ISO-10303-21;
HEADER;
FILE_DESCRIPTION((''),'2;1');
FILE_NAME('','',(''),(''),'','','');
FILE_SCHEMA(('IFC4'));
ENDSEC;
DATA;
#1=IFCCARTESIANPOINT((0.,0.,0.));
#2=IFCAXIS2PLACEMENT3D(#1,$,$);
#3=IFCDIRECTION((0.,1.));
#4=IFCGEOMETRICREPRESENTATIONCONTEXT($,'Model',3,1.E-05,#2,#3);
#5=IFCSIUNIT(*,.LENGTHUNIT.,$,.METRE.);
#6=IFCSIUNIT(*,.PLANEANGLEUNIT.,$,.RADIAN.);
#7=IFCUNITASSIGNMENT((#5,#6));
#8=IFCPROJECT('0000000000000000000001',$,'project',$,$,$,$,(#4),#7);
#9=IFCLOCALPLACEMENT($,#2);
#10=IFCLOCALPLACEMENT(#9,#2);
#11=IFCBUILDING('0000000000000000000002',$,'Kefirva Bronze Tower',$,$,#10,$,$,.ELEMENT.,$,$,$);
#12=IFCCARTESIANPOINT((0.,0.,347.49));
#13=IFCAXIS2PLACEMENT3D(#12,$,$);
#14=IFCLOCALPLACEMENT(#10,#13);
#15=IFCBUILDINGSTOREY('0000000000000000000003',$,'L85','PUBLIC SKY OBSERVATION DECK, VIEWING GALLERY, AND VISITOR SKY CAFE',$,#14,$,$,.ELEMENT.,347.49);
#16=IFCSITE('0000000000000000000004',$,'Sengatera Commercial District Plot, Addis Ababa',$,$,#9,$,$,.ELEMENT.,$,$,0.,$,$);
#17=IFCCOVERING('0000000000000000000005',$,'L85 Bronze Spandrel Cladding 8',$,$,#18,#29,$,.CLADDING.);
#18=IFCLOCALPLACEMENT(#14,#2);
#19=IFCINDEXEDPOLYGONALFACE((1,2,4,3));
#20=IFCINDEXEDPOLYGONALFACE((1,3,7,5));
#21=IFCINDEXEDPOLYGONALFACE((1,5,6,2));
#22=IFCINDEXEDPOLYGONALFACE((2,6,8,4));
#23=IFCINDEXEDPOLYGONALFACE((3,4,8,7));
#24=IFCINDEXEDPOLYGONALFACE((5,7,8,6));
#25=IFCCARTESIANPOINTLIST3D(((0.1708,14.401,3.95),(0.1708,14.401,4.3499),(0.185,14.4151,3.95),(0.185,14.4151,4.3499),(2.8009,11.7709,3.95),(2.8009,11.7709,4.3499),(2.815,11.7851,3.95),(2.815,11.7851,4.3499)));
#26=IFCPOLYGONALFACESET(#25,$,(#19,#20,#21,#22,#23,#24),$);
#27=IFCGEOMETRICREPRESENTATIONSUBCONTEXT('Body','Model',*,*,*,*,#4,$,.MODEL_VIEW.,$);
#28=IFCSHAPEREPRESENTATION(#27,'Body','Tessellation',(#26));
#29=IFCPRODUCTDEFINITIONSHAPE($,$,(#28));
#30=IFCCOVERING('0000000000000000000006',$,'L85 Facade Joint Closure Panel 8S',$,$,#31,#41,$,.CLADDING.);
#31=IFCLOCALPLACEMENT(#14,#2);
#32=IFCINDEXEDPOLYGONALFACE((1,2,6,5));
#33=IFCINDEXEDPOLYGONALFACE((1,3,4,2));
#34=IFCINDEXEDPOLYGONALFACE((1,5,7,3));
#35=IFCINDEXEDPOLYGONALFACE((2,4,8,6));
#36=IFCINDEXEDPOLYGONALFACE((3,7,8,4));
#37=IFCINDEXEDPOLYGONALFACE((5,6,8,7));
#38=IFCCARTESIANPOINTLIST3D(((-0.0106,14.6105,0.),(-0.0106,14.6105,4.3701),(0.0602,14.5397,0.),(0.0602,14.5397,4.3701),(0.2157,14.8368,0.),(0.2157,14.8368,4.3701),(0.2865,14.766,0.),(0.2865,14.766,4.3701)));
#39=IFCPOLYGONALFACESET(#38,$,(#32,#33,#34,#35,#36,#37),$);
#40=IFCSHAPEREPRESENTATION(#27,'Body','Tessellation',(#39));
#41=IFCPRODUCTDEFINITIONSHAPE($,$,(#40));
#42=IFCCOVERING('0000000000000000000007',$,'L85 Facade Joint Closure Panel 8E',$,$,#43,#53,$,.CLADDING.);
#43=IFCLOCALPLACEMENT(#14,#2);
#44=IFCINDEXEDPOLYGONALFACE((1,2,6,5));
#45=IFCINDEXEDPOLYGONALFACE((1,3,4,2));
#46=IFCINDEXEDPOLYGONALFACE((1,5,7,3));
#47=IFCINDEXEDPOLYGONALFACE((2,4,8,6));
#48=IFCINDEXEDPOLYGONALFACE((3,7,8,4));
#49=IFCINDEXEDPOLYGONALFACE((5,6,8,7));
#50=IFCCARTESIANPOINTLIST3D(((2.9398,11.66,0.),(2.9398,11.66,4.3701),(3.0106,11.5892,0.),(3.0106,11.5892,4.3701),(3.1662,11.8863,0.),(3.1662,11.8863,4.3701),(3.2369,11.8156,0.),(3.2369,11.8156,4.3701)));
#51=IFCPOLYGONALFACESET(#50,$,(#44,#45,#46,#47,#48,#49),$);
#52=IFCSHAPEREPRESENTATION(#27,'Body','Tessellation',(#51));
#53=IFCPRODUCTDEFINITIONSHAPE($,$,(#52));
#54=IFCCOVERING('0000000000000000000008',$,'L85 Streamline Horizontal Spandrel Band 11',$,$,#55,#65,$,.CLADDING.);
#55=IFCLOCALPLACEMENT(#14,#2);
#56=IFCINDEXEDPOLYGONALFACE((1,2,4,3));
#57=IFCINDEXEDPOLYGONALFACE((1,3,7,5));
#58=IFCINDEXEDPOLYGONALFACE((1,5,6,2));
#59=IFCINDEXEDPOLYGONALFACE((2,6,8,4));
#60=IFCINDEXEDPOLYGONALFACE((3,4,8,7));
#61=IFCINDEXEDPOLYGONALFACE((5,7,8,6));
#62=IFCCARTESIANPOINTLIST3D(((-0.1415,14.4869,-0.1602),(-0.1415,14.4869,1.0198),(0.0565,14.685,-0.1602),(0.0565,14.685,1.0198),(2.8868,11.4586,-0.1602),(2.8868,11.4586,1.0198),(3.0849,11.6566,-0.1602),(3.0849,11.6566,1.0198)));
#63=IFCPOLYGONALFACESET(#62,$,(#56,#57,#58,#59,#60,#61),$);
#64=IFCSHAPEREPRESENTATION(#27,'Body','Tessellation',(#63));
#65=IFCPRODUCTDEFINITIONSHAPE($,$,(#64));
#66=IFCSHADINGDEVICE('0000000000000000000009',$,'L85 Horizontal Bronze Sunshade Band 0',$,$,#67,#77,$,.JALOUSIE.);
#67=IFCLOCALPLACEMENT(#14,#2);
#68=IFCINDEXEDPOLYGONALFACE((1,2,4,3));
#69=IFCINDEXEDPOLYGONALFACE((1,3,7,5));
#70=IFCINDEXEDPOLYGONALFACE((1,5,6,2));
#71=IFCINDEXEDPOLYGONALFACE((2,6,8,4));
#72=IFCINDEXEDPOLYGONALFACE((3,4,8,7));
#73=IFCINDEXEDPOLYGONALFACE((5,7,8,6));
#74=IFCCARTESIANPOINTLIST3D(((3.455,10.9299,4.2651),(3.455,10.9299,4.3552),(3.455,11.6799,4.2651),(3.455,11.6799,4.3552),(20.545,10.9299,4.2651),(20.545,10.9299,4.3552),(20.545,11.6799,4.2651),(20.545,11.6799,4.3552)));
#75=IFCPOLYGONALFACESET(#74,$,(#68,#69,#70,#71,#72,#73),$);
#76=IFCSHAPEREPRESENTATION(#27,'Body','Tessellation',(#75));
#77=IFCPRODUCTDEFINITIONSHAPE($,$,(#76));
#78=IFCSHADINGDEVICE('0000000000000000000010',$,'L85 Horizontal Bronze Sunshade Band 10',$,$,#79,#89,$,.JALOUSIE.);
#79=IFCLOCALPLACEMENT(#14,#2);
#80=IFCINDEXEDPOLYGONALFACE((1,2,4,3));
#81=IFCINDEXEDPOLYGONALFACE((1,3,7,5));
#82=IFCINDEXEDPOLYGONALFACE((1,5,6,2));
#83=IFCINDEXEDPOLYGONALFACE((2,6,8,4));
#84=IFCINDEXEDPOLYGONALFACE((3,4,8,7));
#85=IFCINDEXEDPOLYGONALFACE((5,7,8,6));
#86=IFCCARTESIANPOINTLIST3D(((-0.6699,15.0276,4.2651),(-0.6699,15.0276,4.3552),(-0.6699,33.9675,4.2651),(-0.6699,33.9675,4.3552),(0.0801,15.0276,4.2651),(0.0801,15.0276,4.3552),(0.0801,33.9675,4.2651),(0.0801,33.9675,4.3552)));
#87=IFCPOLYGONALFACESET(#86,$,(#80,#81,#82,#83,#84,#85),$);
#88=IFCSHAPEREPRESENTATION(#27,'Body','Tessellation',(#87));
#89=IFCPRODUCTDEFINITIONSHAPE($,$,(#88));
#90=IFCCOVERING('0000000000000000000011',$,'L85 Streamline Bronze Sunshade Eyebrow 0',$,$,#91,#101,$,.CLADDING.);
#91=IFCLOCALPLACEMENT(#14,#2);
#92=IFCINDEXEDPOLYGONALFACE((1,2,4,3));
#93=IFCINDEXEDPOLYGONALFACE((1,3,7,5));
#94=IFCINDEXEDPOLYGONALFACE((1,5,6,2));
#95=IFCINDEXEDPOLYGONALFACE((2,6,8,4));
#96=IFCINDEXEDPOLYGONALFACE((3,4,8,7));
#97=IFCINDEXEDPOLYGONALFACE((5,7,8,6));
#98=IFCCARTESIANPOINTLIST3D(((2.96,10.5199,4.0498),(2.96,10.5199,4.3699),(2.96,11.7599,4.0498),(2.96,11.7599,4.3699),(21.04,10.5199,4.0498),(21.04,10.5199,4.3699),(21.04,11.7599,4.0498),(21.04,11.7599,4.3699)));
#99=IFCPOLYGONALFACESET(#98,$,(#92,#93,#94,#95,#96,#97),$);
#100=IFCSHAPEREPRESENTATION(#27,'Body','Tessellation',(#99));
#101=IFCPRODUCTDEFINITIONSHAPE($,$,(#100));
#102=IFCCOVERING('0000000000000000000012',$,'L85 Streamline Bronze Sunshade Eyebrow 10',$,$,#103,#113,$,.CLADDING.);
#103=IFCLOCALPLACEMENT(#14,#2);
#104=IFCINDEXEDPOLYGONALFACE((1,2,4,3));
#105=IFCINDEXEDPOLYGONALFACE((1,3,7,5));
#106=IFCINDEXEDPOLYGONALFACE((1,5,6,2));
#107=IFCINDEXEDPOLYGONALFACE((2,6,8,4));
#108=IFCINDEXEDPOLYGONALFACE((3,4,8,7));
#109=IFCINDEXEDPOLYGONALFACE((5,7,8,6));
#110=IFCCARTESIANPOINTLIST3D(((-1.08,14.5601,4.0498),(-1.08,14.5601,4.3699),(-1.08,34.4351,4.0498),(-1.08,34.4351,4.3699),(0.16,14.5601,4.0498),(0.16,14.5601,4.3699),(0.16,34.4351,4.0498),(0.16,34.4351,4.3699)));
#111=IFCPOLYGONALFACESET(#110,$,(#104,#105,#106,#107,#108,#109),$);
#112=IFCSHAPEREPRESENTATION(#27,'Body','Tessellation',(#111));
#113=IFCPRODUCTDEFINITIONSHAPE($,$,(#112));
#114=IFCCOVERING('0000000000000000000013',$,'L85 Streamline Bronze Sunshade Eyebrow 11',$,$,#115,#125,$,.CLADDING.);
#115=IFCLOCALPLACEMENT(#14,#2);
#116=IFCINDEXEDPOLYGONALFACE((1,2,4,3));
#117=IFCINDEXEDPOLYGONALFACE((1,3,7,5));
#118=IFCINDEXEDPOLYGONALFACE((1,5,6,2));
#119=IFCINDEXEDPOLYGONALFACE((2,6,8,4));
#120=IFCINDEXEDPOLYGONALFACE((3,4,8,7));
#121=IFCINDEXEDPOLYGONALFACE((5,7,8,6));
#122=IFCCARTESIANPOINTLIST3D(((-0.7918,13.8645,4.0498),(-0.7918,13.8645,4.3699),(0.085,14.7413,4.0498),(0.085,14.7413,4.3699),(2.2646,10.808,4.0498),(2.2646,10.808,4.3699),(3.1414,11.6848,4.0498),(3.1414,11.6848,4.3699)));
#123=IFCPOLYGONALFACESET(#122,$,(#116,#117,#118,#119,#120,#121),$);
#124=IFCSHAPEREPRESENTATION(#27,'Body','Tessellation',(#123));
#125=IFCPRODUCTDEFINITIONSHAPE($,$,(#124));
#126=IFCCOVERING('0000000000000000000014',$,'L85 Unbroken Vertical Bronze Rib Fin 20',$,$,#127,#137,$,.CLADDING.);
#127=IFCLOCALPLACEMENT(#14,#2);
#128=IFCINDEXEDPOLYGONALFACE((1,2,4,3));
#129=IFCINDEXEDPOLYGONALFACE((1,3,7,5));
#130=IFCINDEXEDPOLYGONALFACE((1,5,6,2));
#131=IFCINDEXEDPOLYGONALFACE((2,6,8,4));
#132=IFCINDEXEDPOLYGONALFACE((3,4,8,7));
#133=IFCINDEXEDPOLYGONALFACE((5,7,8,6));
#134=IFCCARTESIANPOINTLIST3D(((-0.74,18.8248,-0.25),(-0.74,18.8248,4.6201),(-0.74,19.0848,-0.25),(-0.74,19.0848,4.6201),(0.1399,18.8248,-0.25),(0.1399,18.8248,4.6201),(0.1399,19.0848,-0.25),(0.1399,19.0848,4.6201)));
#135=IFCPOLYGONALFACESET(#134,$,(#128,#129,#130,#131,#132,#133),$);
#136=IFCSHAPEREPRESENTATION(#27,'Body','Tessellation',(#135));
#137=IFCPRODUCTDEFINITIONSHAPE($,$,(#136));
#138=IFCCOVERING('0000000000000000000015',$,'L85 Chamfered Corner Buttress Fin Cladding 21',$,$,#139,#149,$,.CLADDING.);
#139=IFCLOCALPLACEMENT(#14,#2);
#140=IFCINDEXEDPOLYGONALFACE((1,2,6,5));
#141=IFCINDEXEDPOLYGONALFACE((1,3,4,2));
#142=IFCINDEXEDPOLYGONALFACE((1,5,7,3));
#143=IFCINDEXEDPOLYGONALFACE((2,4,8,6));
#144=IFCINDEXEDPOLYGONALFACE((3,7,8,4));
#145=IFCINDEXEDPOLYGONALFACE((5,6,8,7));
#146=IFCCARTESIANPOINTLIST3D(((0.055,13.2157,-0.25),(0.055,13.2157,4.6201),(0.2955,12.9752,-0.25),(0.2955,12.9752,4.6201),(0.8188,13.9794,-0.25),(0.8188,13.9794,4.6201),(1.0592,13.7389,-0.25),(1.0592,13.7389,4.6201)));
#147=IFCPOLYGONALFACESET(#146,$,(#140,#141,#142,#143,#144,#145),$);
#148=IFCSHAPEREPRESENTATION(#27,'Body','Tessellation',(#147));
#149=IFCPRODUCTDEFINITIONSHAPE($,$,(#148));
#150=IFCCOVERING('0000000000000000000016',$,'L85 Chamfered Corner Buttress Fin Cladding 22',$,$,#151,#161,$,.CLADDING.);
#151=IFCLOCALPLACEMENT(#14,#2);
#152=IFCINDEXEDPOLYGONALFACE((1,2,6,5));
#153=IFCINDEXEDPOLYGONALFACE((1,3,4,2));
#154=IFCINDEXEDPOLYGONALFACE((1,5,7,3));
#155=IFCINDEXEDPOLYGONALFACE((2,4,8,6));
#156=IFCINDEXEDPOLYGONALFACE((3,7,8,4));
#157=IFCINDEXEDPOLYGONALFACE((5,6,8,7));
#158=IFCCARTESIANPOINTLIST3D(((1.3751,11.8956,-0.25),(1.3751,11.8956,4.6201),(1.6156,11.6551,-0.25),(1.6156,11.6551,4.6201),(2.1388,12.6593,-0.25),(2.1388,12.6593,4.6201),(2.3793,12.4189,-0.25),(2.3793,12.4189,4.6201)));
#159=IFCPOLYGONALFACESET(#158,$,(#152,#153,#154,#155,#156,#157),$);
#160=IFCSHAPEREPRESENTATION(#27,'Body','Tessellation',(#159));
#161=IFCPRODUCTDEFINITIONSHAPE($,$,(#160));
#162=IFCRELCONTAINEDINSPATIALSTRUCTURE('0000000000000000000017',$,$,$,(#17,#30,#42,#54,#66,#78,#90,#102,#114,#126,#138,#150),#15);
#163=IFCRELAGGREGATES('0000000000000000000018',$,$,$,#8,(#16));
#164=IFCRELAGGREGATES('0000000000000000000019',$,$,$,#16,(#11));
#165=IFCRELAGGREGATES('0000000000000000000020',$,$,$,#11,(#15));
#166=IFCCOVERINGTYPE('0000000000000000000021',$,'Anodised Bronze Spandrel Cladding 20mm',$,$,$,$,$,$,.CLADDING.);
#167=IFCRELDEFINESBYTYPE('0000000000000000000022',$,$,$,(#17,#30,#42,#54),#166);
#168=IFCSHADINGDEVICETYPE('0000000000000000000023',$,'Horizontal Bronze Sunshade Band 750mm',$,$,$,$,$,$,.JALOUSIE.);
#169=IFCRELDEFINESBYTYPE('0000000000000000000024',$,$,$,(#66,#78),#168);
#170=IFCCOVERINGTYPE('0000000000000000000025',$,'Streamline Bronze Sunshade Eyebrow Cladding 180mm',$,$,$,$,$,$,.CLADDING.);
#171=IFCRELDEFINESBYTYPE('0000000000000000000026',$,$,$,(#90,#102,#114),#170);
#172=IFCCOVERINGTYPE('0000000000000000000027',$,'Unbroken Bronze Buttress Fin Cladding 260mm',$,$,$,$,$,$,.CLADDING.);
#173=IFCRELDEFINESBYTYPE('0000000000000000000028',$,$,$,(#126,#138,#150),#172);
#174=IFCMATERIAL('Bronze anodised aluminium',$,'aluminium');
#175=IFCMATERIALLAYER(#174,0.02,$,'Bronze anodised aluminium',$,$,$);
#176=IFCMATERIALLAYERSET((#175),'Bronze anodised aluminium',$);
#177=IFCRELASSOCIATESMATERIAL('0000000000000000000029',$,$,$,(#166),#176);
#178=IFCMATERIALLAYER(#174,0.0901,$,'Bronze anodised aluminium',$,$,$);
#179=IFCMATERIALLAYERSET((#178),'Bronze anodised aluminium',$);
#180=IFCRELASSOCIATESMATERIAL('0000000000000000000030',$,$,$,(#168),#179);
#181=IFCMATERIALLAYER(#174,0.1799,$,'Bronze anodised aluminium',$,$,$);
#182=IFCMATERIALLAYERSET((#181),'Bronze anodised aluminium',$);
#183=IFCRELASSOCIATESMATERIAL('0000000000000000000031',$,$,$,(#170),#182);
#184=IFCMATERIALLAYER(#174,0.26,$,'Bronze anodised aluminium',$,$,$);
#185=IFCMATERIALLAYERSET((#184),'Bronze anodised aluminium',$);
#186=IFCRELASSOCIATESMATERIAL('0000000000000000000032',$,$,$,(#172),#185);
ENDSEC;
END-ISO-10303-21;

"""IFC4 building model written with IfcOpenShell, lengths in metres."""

from ifc_helpers import new_model, si_unit, direction, frame, origin, origin_2d, place, context, subcontext, project, spatial, rectangle, extrude, material, layer, layer_set, type_object, element, save


model = new_model("IFC4")

# Units and contexts
model_context = context("Model", 3, precision=1e-05, world=origin(), true_north=direction((0.0, 1.0)))
body_context = subcontext(model_context, "Body", "Model", "MODEL_VIEW")
ifc_project = project(units=[si_unit("LENGTHUNIT", "METRE"), si_unit("PLANEANGLEUNIT", "RADIAN")], contexts=[model_context])

# Site, building, storey
site_placement = place(None, origin())
site = spatial("IfcSite", under=ifc_project, at=site_placement, Name="Sengatera Commercial District Plot, Addis Ababa", CompositionType="ELEMENT", RefElevation=0.0)
building_placement = place(site_placement, origin())
building = spatial("IfcBuilding", under=site, at=building_placement, Name="Kefirva Bronze Tower", CompositionType="ELEMENT")
storey_placement = place(building_placement, frame((0.0, 0.0, 347.49)))
storey = spatial("IfcBuildingStorey", under=building, at=storey_placement, Name="L85", Description="PUBLIC SKY OBSERVATION DECK, VIEWING GALLERY, AND VISITOR SKY CAFE", CompositionType="ELEMENT", Elevation=347.49)

# Shared definitions
ifc_material_1 = material(Name="Bronze anodised aluminium", Category="aluminium")

# Coverings
ifc_layer_1 = layer(ifc_material_1, 0.02, Name="Bronze anodised aluminium")
ifc_layer_set_1 = layer_set([ifc_layer_1], Name="Bronze anodised aluminium")
covering_type_1 = type_object("IfcCoveringType", Name="Anodised Bronze Spandrel Cladding 20mm", PredefinedType="CLADDING", material=ifc_layer_set_1)
covering_1_placement = place(storey_placement, frame((1.4929, 13.093, 3.95), z_axis=(0.0, 0.0, 1.0), x_axis=(0.707107, -0.707107, 0.0)))
element("IfcCovering", 1, at=covering_1_placement, inside=storey, type_object=covering_type_1, Name="L85 Bronze Spandrel Cladding 8", PredefinedType="CLADDING", context=body_context, shape_type="SweptSolid", body=[
    extrude(rectangle(XDim=3.7195, YDim=0.02, at=origin_2d()), origin(), (0.0, 0.0, 1.0), 0.3999),
])
for number, where, z_axis, x_axis, name in (
    (2, (0.1379, 14.6882, 0.0), (0.0, 0.0, 1.0), (0.707107, -0.707107, 0.0), "L85 Facade Joint Closure Panel 8S"),
    (3, (3.0884, 11.7378, 0.0), (0.0, 0.0, 1.0), (0.707107, -0.707107, 0.0), "L85 Facade Joint Closure Panel 8E"),
):
    element("IfcCovering", number, at=place(storey_placement, frame(where, z_axis=z_axis, x_axis=x_axis)), inside=storey, type_object=covering_type_1, Name=name, PredefinedType="CLADDING", context=body_context, shape_type="SweptSolid", body=[
        extrude(rectangle(XDim=0.1001, YDim=0.3201, at=origin_2d()), origin(), (0.0, 0.0, 1.0), 4.3701),
    ])
covering_2_placement = place(storey_placement, frame((1.4717, 13.0718, -0.1602), z_axis=(0.0, 0.0, 1.0), x_axis=(0.707107, -0.707107, 0.0)))
element("IfcCovering", 4, at=covering_2_placement, inside=storey, type_object=covering_type_1, Name="L85 Streamline Horizontal Spandrel Band 11", PredefinedType="CLADDING", context=body_context, shape_type="SweptSolid", body=[
    extrude(rectangle(XDim=4.2827, YDim=0.28, at=origin_2d()), origin(), (0.0, 0.0, 1.0), 1.1799),
])

# Shading devices
ifc_layer_2 = layer(ifc_material_1, 0.0901, Name="Bronze anodised aluminium")
ifc_layer_set_2 = layer_set([ifc_layer_2], Name="Bronze anodised aluminium")
shading_device_type = type_object("IfcShadingDeviceType", Name="Horizontal Bronze Sunshade Band 750mm", PredefinedType="JALOUSIE", material=ifc_layer_set_2)
shading_device_1_placement = place(storey_placement, frame((12.0, 11.3049, 4.2651), z_axis=(0.0, 0.0, 1.0), x_axis=(1.0, 0.0, 0.0)))
element("IfcShadingDevice", 5, at=shading_device_1_placement, inside=storey, type_object=shading_device_type, Name="L85 Horizontal Bronze Sunshade Band 0", PredefinedType="JALOUSIE", context=body_context, shape_type="SweptSolid", body=[
    extrude(rectangle(XDim=17.0901, YDim=0.75, at=origin_2d()), origin(), (0.0, 0.0, 1.0), 0.0901),
])
shading_device_2_placement = place(storey_placement, frame((-0.2949, 24.4976, 4.2651), z_axis=(0.0, 0.0, 1.0), x_axis=(0.0, -1.0, 0.0)))
element("IfcShadingDevice", 6, at=shading_device_2_placement, inside=storey, type_object=shading_device_type, Name="L85 Horizontal Bronze Sunshade Band 10", PredefinedType="JALOUSIE", context=body_context, shape_type="SweptSolid", body=[
    extrude(rectangle(XDim=18.9399, YDim=0.75, at=origin_2d()), origin(), (0.0, 0.0, 1.0), 0.0901),
])

# Coverings
ifc_layer_3 = layer(ifc_material_1, 0.1799, Name="Bronze anodised aluminium")
ifc_layer_set_3 = layer_set([ifc_layer_3], Name="Bronze anodised aluminium")
covering_type_2 = type_object("IfcCoveringType", Name="Streamline Bronze Sunshade Eyebrow Cladding 180mm", PredefinedType="CLADDING", material=ifc_layer_set_3)
covering_3_placement = place(storey_placement, frame((12.0, 11.1399, 4.0498), z_axis=(0.0, 0.0, 1.0), x_axis=(1.0, 0.0, 0.0)))
element("IfcCovering", 7, at=covering_3_placement, inside=storey, type_object=covering_type_2, Name="L85 Streamline Bronze Sunshade Eyebrow 0", PredefinedType="CLADDING", context=body_context, shape_type="SweptSolid", body=[
    extrude(rectangle(XDim=18.0801, YDim=1.24, at=origin_2d()), origin(), (0.0, 0.0, 1.0), 0.3201),
])
covering_4_placement = place(storey_placement, frame((-0.46, 24.4976, 4.0498), z_axis=(0.0, 0.0, 1.0), x_axis=(0.0, -1.0, 0.0)))
element("IfcCovering", 8, at=covering_4_placement, inside=storey, type_object=covering_type_2, Name="L85 Streamline Bronze Sunshade Eyebrow 10", PredefinedType="CLADDING", context=body_context, shape_type="SweptSolid", body=[
    extrude(rectangle(XDim=19.875, YDim=1.24, at=origin_2d()), origin(), (0.0, 0.0, 1.0), 0.3201),
])
covering_5_placement = place(storey_placement, frame((1.1748, 12.7747, 4.0498), z_axis=(0.0, 0.0, 1.0), x_axis=(0.707107, -0.707107, 0.0)))
element("IfcCovering", 9, at=covering_5_placement, inside=storey, type_object=covering_type_2, Name="L85 Streamline Bronze Sunshade Eyebrow 11", PredefinedType="CLADDING", context=body_context, shape_type="SweptSolid", body=[
    extrude(rectangle(XDim=4.3225, YDim=1.24, at=origin_2d()), origin(), (0.0, 0.0, 1.0), 0.3201),
])
ifc_layer_4 = layer(ifc_material_1, 0.26, Name="Bronze anodised aluminium")
ifc_layer_set_4 = layer_set([ifc_layer_4], Name="Bronze anodised aluminium")
covering_type_3 = type_object("IfcCoveringType", Name="Unbroken Bronze Buttress Fin Cladding 260mm", PredefinedType="CLADDING", material=ifc_layer_set_4)
covering_6_placement = place(storey_placement, frame((-0.3, 18.9548, -0.25), z_axis=(0.0, 0.0, 1.0), x_axis=(0.0, -1.0, 0.0)))
element("IfcCovering", 10, at=covering_6_placement, inside=storey, type_object=covering_type_3, Name="L85 Unbroken Vertical Bronze Rib Fin 20", PredefinedType="CLADDING", context=body_context, shape_type="SweptSolid", body=[
    extrude(rectangle(XDim=0.26, YDim=0.8799, at=origin_2d()), origin(), (0.0, 0.0, 1.0), 4.8701),
])
for number, where, z_axis, x_axis, name in (
    (11, (0.5571, 13.4773, -0.25), (0.0, 0.0, 1.0), (0.707107, -0.707107, 0.0), "L85 Chamfered Corner Buttress Fin Cladding 21"),
    (12, (1.8772, 12.1572, -0.25), (0.0, 0.0, 1.0), (0.707107, -0.707107, 0.0), "L85 Chamfered Corner Buttress Fin Cladding 22"),
):
    element("IfcCovering", number, at=place(storey_placement, frame(where, z_axis=z_axis, x_axis=x_axis)), inside=storey, type_object=covering_type_3, Name=name, PredefinedType="CLADDING", context=body_context, shape_type="SweptSolid", body=[
        extrude(rectangle(XDim=0.3401, YDim=1.0801, at=origin_2d()), origin(), (0.0, 0.0, 1.0), 4.8701),
    ])

save(model, "model.ifc")
